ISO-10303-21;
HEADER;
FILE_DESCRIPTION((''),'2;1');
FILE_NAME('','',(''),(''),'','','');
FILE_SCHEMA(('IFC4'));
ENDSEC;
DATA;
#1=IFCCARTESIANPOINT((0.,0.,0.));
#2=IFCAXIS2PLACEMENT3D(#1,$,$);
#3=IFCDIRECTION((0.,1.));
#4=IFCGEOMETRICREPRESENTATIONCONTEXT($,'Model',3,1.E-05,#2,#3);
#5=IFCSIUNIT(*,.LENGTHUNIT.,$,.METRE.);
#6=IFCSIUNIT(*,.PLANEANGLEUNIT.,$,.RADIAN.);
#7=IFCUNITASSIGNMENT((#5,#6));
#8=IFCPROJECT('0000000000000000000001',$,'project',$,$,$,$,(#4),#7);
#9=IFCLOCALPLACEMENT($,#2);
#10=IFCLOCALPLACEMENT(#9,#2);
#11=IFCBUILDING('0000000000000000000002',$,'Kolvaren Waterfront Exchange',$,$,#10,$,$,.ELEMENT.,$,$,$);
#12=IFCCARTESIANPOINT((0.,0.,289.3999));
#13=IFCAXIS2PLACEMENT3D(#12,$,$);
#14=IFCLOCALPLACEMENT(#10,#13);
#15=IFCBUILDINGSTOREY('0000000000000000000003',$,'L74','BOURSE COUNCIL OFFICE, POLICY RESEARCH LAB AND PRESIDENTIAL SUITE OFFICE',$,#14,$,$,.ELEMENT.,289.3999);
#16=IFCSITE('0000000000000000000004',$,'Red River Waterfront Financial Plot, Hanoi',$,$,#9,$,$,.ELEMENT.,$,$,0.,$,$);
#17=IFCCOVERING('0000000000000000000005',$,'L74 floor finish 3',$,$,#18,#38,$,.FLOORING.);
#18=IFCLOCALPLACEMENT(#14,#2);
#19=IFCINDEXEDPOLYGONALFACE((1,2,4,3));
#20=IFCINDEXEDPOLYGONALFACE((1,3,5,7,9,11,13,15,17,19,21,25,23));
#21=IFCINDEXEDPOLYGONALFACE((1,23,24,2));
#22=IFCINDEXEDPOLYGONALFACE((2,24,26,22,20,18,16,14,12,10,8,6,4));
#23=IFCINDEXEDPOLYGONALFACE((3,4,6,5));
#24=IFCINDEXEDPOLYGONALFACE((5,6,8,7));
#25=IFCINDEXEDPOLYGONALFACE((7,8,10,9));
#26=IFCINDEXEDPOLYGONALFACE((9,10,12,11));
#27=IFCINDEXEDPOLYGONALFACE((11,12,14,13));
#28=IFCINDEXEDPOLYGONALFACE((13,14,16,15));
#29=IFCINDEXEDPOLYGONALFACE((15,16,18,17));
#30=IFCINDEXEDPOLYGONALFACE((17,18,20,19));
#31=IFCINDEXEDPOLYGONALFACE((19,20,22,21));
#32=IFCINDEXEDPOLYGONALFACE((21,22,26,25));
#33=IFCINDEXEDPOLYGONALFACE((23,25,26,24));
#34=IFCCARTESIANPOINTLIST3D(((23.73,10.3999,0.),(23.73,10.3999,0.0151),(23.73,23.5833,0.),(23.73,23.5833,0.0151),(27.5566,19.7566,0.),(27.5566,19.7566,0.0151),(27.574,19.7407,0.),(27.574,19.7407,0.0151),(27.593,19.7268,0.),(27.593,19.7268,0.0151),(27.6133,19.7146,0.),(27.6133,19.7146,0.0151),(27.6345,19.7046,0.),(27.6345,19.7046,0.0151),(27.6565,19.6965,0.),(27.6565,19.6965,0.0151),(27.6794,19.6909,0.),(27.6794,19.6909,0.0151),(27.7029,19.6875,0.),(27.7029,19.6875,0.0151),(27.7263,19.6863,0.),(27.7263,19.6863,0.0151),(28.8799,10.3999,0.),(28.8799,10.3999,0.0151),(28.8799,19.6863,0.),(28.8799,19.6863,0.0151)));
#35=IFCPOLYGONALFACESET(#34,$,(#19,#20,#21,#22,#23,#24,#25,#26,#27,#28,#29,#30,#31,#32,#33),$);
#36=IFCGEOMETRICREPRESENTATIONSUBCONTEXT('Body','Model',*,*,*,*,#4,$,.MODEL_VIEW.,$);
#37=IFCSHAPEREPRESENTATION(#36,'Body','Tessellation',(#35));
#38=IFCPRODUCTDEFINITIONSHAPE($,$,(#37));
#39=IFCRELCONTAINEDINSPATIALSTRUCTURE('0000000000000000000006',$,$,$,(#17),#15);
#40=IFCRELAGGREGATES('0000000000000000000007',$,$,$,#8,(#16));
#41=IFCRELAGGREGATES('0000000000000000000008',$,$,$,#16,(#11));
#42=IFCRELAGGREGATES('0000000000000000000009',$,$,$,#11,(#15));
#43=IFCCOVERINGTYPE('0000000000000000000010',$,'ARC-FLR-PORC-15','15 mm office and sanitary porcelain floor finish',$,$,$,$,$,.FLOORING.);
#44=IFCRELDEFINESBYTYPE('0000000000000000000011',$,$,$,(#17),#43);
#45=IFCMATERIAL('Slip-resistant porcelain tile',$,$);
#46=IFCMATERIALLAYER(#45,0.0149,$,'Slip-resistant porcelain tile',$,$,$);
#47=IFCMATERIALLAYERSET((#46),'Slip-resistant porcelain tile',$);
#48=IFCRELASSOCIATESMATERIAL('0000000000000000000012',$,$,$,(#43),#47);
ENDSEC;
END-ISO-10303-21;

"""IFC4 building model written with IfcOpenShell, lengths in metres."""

from ifc_helpers import new_model, si_unit, direction, frame, origin, place, context, subcontext, project, spatial, polyline, outline, extrude, material, layer, layer_set, type_object, element, save


model = new_model("IFC4")

# Units and contexts
model_context = context("Model", 3, precision=1e-05, world=origin(), true_north=direction((0.0, 1.0)))
body_context = subcontext(model_context, "Body", "Model", "MODEL_VIEW")
ifc_project = project(units=[si_unit("LENGTHUNIT", "METRE"), si_unit("PLANEANGLEUNIT", "RADIAN")], contexts=[model_context])

# Site, building, storey
site_placement = place(None, origin())
site = spatial("IfcSite", under=ifc_project, at=site_placement, Name="Red River Waterfront Financial Plot, Hanoi", CompositionType="ELEMENT", RefElevation=0.0)
building_placement = place(site_placement, origin())
building = spatial("IfcBuilding", under=site, at=building_placement, Name="Kolvaren Waterfront Exchange", CompositionType="ELEMENT")
storey_placement = place(building_placement, frame((0.0, 0.0, 289.3999)))
storey = spatial("IfcBuildingStorey", under=building, at=storey_placement, Name="L74", Description="BOURSE COUNCIL OFFICE, POLICY RESEARCH LAB AND PRESIDENTIAL SUITE OFFICE", CompositionType="ELEMENT", Elevation=289.3999)

# Covering
ifc_material_1 = material(Name="Slip-resistant porcelain tile")
ifc_layer_1 = layer(ifc_material_1, 0.0149, Name="Slip-resistant porcelain tile")
ifc_layer_set_1 = layer_set([ifc_layer_1], Name="Slip-resistant porcelain tile")
covering_type_1 = type_object("IfcCoveringType", Name="ARC-FLR-PORC-15", Description="15 mm office and sanitary porcelain floor finish", PredefinedType="FLOORING", material=ifc_layer_set_1)
covering_1_placement = place(storey_placement, origin())
element("IfcCovering", 1, at=covering_1_placement, inside=storey, type_object=covering_type_1, Name="L74 floor finish 3", PredefinedType="FLOORING", context=body_context, shape_type="SweptSolid", body=[
    extrude(outline(polyline([(23.73, 10.3999), (28.8799, 10.3999), (28.8799, 19.6863), (27.7263, 19.6863), (27.7029, 19.6875), (27.6794, 19.6909), (27.6565, 19.6965), (27.6345, 19.7046), (27.6133, 19.7146), (27.593, 19.7268), (27.574, 19.7407), (27.5566, 19.7566), (23.73, 23.5833), (23.73, 10.3999)])), origin(), (0.0, 0.0, 1.0), 0.0151),
])

save(model, "model.ifc")
